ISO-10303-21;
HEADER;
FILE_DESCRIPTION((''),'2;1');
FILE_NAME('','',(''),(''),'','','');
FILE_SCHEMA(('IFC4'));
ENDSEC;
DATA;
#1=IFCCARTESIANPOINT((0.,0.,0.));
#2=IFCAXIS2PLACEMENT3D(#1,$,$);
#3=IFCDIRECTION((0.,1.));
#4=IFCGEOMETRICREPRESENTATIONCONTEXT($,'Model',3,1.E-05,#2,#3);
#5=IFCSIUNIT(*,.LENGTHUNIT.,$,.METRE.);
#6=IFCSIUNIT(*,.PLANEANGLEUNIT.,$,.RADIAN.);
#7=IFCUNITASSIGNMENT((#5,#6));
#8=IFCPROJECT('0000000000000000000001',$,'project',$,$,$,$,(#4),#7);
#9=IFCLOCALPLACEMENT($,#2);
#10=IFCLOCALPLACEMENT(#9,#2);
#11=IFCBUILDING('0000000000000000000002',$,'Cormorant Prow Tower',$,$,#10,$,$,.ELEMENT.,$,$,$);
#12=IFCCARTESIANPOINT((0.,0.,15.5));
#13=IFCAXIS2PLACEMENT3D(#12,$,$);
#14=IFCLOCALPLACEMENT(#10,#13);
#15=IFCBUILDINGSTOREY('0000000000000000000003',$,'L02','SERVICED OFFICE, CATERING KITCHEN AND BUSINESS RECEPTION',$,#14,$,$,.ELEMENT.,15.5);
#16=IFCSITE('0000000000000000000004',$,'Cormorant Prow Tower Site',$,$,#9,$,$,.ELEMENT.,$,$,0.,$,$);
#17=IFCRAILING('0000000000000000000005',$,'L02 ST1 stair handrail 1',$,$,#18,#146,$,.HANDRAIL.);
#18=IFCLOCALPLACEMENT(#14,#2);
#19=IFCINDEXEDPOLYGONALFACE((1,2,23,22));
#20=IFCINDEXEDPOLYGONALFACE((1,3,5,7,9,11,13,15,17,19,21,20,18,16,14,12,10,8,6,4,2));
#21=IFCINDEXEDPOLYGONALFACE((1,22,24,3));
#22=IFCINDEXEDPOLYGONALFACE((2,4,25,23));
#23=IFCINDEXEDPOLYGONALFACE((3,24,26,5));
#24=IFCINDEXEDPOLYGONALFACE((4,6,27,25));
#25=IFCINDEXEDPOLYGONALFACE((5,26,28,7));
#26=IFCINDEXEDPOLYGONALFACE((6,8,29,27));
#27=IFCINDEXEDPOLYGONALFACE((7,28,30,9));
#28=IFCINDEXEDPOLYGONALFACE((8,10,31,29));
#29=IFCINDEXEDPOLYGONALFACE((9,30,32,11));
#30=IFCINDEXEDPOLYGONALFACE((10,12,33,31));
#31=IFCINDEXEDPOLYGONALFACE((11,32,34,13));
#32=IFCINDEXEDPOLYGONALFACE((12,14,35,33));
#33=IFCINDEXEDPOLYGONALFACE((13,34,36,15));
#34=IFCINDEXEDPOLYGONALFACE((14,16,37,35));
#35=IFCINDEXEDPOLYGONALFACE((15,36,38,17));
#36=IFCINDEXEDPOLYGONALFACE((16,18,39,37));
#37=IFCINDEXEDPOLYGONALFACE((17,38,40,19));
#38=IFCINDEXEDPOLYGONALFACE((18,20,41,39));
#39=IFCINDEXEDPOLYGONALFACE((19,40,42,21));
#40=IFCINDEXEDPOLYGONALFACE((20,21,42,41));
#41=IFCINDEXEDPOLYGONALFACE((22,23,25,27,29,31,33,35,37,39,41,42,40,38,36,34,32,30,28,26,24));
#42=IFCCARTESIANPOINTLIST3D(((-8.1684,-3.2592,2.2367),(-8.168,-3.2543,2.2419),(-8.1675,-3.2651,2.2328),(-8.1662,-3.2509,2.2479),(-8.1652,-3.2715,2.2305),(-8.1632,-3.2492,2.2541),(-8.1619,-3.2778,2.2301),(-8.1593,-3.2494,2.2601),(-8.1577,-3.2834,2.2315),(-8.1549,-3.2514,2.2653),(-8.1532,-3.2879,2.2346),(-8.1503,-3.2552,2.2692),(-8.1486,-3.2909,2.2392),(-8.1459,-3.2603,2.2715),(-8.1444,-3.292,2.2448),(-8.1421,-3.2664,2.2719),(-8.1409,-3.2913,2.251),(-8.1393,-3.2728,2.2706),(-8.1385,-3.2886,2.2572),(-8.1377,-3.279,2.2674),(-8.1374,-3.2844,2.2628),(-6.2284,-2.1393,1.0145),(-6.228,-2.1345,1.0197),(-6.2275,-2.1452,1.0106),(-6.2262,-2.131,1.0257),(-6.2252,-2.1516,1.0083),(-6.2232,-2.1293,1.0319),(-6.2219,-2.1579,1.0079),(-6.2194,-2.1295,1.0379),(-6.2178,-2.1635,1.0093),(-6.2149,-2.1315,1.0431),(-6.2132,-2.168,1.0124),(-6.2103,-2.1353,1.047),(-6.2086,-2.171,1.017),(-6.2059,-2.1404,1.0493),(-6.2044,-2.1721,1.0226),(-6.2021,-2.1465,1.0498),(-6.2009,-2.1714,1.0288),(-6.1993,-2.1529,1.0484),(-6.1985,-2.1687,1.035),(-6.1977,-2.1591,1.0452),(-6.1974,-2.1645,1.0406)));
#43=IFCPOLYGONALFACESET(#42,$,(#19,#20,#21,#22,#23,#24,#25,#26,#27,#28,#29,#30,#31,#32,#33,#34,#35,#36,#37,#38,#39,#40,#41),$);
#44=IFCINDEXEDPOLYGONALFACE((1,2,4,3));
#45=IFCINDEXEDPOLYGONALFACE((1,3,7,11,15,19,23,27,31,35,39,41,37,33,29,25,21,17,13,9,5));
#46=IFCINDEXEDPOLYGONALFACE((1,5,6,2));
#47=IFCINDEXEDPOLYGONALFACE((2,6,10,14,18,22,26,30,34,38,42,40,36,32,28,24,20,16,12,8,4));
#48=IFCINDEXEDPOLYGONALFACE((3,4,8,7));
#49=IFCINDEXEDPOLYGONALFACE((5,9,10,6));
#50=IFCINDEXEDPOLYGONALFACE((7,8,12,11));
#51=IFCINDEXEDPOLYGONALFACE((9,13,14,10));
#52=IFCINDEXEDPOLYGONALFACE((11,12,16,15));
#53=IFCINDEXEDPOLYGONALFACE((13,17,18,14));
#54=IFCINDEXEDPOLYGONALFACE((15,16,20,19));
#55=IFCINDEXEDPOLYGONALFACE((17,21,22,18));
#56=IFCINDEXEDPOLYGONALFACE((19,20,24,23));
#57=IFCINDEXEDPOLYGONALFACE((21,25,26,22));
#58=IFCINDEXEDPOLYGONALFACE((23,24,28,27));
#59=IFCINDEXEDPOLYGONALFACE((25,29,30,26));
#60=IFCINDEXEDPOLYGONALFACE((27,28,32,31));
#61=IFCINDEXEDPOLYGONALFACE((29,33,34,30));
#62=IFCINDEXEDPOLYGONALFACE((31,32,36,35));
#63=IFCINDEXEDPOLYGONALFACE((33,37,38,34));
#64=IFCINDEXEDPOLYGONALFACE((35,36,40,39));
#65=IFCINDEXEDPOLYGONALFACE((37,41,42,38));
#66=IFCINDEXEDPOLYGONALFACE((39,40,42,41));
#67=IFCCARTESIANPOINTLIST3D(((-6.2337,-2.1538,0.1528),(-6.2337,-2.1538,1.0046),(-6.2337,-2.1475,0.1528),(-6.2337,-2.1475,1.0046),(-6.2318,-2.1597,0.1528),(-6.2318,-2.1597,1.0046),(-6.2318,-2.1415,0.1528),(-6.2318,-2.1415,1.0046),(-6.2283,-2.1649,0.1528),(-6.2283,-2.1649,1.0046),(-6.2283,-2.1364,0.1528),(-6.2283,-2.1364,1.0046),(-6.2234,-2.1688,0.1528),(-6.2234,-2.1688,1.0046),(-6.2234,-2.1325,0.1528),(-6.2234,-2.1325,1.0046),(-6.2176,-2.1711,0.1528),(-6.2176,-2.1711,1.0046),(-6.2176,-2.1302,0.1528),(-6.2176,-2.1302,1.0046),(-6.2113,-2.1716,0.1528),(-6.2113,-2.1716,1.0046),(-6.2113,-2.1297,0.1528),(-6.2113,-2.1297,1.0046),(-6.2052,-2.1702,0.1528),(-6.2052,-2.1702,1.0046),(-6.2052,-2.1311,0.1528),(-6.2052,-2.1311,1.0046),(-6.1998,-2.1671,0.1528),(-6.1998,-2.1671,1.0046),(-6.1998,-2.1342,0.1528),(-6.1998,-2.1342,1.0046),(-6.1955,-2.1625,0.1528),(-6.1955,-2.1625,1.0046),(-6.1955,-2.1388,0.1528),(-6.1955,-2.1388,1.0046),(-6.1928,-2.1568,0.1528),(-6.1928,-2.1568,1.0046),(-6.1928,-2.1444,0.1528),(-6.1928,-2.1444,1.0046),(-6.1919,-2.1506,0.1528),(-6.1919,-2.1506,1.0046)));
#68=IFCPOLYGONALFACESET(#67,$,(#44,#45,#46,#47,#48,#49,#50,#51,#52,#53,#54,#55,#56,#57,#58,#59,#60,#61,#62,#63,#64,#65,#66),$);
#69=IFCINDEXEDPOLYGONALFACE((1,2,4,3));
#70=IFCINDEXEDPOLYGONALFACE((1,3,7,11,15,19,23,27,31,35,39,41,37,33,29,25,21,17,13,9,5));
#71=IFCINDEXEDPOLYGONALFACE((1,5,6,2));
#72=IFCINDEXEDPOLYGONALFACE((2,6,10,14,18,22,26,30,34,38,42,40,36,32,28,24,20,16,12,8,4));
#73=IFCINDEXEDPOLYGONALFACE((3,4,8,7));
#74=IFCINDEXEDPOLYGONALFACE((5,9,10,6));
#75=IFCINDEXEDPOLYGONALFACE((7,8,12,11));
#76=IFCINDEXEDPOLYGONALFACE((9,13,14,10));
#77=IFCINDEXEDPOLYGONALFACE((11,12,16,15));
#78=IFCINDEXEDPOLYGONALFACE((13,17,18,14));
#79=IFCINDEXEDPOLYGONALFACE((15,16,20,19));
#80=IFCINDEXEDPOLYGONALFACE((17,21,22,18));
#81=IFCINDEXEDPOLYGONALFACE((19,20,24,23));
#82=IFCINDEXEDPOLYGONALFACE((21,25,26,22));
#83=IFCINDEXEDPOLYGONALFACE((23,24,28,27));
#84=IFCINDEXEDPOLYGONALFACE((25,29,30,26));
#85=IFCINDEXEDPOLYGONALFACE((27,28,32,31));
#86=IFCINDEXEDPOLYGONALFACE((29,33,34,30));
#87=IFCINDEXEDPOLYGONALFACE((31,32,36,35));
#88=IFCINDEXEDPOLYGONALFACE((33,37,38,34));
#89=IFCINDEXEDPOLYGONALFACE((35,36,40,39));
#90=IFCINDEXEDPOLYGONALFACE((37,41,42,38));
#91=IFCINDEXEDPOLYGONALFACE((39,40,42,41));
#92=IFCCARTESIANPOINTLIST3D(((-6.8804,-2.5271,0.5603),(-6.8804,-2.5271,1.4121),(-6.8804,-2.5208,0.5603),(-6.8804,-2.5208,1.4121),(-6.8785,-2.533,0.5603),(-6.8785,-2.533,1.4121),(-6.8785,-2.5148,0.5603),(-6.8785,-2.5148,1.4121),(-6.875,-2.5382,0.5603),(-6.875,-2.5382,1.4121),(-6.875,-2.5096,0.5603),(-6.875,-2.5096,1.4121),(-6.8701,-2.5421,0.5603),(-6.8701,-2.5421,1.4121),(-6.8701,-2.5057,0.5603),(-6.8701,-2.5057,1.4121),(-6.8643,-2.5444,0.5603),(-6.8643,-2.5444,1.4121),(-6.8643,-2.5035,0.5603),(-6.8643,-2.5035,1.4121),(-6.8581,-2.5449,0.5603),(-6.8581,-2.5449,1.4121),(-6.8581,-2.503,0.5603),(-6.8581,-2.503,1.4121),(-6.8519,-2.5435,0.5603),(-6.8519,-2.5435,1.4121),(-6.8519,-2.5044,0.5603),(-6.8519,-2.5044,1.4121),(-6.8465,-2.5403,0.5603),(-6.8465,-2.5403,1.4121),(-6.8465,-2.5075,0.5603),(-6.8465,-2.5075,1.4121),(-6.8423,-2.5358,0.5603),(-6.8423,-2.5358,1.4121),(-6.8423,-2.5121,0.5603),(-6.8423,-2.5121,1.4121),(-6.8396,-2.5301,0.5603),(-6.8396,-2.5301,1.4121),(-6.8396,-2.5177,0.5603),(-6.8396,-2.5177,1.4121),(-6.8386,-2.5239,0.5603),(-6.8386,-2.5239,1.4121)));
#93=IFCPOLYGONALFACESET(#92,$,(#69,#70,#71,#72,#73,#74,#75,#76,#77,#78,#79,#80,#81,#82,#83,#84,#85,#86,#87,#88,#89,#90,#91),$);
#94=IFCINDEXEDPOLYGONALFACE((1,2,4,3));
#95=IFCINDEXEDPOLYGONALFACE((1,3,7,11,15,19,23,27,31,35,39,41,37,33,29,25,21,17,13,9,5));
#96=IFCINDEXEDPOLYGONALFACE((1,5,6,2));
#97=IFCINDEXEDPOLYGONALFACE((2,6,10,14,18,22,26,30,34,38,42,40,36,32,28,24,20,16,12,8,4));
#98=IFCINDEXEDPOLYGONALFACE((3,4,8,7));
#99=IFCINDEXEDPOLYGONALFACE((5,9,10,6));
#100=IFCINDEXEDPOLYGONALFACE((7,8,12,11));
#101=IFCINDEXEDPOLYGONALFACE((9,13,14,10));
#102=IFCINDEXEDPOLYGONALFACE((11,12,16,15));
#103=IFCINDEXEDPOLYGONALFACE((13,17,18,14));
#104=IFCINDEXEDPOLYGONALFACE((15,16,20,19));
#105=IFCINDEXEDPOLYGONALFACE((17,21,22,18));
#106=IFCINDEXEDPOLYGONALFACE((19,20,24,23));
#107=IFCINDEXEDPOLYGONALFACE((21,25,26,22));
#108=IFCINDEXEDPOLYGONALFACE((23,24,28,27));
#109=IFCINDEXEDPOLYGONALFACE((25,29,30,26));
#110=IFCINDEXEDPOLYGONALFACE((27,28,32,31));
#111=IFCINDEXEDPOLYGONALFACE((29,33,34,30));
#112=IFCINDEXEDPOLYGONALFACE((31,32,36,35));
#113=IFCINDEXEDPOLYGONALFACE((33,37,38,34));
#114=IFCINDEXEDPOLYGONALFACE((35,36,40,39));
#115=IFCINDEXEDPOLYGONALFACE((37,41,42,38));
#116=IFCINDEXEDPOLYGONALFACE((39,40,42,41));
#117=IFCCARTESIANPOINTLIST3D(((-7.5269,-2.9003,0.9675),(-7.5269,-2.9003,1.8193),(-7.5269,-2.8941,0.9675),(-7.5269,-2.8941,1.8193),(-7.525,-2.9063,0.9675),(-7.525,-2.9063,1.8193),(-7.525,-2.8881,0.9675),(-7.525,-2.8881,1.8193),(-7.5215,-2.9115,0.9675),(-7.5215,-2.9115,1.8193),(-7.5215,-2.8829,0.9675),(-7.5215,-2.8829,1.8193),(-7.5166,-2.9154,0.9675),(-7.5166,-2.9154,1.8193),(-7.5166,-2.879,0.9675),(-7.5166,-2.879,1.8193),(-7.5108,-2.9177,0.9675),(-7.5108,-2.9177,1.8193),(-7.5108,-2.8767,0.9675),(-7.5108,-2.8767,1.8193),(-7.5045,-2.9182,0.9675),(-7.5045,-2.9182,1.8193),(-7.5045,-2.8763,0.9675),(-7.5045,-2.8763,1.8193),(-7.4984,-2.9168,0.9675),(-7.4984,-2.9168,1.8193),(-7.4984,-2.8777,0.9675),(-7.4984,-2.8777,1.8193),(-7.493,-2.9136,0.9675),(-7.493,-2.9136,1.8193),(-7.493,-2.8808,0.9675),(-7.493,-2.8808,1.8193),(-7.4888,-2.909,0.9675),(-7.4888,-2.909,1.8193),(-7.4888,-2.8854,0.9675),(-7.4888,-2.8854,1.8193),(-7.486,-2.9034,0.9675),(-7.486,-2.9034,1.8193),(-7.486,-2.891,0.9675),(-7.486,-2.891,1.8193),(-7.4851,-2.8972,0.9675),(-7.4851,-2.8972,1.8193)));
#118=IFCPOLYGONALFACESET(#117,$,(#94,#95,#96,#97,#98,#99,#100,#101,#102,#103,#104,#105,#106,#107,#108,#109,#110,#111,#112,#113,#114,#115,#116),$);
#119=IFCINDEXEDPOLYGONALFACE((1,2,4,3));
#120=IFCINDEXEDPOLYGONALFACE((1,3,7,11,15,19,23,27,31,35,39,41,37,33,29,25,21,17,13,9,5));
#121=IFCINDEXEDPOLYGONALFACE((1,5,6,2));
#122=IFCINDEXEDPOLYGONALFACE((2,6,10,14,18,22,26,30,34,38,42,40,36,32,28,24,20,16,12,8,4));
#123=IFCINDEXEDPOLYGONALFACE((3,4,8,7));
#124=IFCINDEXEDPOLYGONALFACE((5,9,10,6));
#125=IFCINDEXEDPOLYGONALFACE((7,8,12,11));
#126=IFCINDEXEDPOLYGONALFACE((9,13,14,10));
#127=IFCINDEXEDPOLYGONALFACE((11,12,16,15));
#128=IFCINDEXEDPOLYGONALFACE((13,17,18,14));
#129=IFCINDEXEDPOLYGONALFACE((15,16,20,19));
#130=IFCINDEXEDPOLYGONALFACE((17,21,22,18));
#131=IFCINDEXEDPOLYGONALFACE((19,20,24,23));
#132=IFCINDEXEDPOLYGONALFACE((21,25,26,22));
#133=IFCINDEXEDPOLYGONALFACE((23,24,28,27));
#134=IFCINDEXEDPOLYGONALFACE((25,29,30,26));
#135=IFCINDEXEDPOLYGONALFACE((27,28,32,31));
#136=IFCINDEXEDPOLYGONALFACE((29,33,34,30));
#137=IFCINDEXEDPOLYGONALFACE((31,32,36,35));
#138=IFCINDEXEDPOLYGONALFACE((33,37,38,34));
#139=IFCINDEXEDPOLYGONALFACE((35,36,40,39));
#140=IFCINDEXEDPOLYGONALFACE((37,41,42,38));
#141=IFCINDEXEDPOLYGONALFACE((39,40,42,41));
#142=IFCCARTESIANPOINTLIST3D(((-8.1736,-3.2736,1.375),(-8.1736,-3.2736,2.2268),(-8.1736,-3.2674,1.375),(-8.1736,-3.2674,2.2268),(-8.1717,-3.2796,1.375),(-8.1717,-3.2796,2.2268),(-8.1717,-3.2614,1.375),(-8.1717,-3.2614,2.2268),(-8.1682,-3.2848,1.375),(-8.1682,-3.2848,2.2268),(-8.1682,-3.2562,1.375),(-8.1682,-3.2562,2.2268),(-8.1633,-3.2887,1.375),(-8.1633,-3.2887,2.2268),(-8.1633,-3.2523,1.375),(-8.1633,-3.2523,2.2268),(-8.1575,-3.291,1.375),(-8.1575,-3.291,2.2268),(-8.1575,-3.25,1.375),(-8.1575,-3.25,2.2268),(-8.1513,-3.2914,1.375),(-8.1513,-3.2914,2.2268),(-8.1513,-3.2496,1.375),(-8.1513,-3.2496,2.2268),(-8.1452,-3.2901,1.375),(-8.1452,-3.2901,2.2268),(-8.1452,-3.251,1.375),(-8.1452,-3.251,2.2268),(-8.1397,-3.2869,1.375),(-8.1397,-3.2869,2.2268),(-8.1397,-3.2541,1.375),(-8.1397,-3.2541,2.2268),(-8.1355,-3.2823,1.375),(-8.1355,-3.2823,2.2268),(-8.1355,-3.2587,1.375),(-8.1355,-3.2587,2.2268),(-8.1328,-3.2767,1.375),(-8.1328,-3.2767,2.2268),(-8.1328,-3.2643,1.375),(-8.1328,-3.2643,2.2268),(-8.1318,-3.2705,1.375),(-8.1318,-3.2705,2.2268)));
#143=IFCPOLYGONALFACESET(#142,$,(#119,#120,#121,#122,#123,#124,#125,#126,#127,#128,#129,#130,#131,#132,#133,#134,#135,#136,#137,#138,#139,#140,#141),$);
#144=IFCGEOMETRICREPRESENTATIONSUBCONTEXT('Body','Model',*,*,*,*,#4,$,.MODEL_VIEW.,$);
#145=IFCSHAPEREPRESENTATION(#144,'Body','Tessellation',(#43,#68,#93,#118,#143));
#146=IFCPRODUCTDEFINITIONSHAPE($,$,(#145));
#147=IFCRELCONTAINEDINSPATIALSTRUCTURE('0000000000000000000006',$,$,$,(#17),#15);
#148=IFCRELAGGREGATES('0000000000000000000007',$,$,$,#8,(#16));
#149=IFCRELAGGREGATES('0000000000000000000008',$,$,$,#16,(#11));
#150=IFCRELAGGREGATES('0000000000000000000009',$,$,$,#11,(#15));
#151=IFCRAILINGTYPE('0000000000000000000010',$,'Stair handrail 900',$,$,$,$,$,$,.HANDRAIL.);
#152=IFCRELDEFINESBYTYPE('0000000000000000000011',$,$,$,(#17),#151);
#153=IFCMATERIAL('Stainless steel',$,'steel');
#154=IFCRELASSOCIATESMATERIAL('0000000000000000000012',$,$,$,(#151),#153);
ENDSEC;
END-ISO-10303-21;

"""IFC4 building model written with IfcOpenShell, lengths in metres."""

from ifc_helpers import new_model, si_unit, direction, frame, origin, origin_2d, place, context, subcontext, project, spatial, circle, extrude, material, type_object, element, save


model = new_model("IFC4")

# Units and contexts
model_context = context("Model", 3, precision=1e-05, world=origin(), true_north=direction((0.0, 1.0)))
body_context = subcontext(model_context, "Body", "Model", "MODEL_VIEW")
ifc_project = project(units=[si_unit("LENGTHUNIT", "METRE"), si_unit("PLANEANGLEUNIT", "RADIAN")], contexts=[model_context])

# Site, building, storey
site_placement = place(None, origin())
site = spatial("IfcSite", under=ifc_project, at=site_placement, Name="Cormorant Prow Tower Site", CompositionType="ELEMENT", RefElevation=0.0)
building_placement = place(site_placement, origin())
building = spatial("IfcBuilding", under=site, at=building_placement, Name="Cormorant Prow Tower", CompositionType="ELEMENT")
storey_placement = place(building_placement, frame((0.0, 0.0, 15.5)))
storey = spatial("IfcBuildingStorey", under=building, at=storey_placement, Name="L02", Description="SERVICED OFFICE, CATERING KITCHEN AND BUSINESS RECEPTION", CompositionType="ELEMENT", Elevation=15.5)

# Railing
ifc_material_1 = material(Name="Stainless steel", Category="steel")
railing_type_1 = type_object("IfcRailingType", Name="Stair handrail 900", PredefinedType="HANDRAIL", material=ifc_material_1)
for number, where, name in (
    (1, (-6.2129, -2.1506, 0.1528), "L02 ST1 stair handrail 1"),
):
    element("IfcRailing", number, at=place(storey_placement, frame(where)), inside=storey, type_object=railing_type_1, Name=name, PredefinedType="HANDRAIL", context=body_context, shape_type="SweptSolid", body=[
        extrude(circle(Radius=0.0239, at=origin_2d()), frame((0.0, 0.0, 0.876), z_axis=(-0.760254, -0.438873, 0.478962), x_axis=(0.499949, -0.866055, 0.0)), (0.0, 0.0, 1.0), 2.5518),
        extrude(circle(Radius=0.021, at=origin_2d()), origin(), (0.0, 0.0, 1.0), 0.8518),
        extrude(circle(Radius=0.021, at=origin_2d()), frame((-0.6467, -0.3733, 0.4075)), (0.0, 0.0, 1.0), 0.8518),
        extrude(circle(Radius=0.021, at=origin_2d()), frame((-1.2932, -0.7466, 0.8147)), (0.0, 0.0, 1.0), 0.8518),
        extrude(circle(Radius=0.021, at=origin_2d()), frame((-1.9399, -1.1199, 1.2222)), (0.0, 0.0, 1.0), 0.8518),
    ])

save(model, "model.ifc")
